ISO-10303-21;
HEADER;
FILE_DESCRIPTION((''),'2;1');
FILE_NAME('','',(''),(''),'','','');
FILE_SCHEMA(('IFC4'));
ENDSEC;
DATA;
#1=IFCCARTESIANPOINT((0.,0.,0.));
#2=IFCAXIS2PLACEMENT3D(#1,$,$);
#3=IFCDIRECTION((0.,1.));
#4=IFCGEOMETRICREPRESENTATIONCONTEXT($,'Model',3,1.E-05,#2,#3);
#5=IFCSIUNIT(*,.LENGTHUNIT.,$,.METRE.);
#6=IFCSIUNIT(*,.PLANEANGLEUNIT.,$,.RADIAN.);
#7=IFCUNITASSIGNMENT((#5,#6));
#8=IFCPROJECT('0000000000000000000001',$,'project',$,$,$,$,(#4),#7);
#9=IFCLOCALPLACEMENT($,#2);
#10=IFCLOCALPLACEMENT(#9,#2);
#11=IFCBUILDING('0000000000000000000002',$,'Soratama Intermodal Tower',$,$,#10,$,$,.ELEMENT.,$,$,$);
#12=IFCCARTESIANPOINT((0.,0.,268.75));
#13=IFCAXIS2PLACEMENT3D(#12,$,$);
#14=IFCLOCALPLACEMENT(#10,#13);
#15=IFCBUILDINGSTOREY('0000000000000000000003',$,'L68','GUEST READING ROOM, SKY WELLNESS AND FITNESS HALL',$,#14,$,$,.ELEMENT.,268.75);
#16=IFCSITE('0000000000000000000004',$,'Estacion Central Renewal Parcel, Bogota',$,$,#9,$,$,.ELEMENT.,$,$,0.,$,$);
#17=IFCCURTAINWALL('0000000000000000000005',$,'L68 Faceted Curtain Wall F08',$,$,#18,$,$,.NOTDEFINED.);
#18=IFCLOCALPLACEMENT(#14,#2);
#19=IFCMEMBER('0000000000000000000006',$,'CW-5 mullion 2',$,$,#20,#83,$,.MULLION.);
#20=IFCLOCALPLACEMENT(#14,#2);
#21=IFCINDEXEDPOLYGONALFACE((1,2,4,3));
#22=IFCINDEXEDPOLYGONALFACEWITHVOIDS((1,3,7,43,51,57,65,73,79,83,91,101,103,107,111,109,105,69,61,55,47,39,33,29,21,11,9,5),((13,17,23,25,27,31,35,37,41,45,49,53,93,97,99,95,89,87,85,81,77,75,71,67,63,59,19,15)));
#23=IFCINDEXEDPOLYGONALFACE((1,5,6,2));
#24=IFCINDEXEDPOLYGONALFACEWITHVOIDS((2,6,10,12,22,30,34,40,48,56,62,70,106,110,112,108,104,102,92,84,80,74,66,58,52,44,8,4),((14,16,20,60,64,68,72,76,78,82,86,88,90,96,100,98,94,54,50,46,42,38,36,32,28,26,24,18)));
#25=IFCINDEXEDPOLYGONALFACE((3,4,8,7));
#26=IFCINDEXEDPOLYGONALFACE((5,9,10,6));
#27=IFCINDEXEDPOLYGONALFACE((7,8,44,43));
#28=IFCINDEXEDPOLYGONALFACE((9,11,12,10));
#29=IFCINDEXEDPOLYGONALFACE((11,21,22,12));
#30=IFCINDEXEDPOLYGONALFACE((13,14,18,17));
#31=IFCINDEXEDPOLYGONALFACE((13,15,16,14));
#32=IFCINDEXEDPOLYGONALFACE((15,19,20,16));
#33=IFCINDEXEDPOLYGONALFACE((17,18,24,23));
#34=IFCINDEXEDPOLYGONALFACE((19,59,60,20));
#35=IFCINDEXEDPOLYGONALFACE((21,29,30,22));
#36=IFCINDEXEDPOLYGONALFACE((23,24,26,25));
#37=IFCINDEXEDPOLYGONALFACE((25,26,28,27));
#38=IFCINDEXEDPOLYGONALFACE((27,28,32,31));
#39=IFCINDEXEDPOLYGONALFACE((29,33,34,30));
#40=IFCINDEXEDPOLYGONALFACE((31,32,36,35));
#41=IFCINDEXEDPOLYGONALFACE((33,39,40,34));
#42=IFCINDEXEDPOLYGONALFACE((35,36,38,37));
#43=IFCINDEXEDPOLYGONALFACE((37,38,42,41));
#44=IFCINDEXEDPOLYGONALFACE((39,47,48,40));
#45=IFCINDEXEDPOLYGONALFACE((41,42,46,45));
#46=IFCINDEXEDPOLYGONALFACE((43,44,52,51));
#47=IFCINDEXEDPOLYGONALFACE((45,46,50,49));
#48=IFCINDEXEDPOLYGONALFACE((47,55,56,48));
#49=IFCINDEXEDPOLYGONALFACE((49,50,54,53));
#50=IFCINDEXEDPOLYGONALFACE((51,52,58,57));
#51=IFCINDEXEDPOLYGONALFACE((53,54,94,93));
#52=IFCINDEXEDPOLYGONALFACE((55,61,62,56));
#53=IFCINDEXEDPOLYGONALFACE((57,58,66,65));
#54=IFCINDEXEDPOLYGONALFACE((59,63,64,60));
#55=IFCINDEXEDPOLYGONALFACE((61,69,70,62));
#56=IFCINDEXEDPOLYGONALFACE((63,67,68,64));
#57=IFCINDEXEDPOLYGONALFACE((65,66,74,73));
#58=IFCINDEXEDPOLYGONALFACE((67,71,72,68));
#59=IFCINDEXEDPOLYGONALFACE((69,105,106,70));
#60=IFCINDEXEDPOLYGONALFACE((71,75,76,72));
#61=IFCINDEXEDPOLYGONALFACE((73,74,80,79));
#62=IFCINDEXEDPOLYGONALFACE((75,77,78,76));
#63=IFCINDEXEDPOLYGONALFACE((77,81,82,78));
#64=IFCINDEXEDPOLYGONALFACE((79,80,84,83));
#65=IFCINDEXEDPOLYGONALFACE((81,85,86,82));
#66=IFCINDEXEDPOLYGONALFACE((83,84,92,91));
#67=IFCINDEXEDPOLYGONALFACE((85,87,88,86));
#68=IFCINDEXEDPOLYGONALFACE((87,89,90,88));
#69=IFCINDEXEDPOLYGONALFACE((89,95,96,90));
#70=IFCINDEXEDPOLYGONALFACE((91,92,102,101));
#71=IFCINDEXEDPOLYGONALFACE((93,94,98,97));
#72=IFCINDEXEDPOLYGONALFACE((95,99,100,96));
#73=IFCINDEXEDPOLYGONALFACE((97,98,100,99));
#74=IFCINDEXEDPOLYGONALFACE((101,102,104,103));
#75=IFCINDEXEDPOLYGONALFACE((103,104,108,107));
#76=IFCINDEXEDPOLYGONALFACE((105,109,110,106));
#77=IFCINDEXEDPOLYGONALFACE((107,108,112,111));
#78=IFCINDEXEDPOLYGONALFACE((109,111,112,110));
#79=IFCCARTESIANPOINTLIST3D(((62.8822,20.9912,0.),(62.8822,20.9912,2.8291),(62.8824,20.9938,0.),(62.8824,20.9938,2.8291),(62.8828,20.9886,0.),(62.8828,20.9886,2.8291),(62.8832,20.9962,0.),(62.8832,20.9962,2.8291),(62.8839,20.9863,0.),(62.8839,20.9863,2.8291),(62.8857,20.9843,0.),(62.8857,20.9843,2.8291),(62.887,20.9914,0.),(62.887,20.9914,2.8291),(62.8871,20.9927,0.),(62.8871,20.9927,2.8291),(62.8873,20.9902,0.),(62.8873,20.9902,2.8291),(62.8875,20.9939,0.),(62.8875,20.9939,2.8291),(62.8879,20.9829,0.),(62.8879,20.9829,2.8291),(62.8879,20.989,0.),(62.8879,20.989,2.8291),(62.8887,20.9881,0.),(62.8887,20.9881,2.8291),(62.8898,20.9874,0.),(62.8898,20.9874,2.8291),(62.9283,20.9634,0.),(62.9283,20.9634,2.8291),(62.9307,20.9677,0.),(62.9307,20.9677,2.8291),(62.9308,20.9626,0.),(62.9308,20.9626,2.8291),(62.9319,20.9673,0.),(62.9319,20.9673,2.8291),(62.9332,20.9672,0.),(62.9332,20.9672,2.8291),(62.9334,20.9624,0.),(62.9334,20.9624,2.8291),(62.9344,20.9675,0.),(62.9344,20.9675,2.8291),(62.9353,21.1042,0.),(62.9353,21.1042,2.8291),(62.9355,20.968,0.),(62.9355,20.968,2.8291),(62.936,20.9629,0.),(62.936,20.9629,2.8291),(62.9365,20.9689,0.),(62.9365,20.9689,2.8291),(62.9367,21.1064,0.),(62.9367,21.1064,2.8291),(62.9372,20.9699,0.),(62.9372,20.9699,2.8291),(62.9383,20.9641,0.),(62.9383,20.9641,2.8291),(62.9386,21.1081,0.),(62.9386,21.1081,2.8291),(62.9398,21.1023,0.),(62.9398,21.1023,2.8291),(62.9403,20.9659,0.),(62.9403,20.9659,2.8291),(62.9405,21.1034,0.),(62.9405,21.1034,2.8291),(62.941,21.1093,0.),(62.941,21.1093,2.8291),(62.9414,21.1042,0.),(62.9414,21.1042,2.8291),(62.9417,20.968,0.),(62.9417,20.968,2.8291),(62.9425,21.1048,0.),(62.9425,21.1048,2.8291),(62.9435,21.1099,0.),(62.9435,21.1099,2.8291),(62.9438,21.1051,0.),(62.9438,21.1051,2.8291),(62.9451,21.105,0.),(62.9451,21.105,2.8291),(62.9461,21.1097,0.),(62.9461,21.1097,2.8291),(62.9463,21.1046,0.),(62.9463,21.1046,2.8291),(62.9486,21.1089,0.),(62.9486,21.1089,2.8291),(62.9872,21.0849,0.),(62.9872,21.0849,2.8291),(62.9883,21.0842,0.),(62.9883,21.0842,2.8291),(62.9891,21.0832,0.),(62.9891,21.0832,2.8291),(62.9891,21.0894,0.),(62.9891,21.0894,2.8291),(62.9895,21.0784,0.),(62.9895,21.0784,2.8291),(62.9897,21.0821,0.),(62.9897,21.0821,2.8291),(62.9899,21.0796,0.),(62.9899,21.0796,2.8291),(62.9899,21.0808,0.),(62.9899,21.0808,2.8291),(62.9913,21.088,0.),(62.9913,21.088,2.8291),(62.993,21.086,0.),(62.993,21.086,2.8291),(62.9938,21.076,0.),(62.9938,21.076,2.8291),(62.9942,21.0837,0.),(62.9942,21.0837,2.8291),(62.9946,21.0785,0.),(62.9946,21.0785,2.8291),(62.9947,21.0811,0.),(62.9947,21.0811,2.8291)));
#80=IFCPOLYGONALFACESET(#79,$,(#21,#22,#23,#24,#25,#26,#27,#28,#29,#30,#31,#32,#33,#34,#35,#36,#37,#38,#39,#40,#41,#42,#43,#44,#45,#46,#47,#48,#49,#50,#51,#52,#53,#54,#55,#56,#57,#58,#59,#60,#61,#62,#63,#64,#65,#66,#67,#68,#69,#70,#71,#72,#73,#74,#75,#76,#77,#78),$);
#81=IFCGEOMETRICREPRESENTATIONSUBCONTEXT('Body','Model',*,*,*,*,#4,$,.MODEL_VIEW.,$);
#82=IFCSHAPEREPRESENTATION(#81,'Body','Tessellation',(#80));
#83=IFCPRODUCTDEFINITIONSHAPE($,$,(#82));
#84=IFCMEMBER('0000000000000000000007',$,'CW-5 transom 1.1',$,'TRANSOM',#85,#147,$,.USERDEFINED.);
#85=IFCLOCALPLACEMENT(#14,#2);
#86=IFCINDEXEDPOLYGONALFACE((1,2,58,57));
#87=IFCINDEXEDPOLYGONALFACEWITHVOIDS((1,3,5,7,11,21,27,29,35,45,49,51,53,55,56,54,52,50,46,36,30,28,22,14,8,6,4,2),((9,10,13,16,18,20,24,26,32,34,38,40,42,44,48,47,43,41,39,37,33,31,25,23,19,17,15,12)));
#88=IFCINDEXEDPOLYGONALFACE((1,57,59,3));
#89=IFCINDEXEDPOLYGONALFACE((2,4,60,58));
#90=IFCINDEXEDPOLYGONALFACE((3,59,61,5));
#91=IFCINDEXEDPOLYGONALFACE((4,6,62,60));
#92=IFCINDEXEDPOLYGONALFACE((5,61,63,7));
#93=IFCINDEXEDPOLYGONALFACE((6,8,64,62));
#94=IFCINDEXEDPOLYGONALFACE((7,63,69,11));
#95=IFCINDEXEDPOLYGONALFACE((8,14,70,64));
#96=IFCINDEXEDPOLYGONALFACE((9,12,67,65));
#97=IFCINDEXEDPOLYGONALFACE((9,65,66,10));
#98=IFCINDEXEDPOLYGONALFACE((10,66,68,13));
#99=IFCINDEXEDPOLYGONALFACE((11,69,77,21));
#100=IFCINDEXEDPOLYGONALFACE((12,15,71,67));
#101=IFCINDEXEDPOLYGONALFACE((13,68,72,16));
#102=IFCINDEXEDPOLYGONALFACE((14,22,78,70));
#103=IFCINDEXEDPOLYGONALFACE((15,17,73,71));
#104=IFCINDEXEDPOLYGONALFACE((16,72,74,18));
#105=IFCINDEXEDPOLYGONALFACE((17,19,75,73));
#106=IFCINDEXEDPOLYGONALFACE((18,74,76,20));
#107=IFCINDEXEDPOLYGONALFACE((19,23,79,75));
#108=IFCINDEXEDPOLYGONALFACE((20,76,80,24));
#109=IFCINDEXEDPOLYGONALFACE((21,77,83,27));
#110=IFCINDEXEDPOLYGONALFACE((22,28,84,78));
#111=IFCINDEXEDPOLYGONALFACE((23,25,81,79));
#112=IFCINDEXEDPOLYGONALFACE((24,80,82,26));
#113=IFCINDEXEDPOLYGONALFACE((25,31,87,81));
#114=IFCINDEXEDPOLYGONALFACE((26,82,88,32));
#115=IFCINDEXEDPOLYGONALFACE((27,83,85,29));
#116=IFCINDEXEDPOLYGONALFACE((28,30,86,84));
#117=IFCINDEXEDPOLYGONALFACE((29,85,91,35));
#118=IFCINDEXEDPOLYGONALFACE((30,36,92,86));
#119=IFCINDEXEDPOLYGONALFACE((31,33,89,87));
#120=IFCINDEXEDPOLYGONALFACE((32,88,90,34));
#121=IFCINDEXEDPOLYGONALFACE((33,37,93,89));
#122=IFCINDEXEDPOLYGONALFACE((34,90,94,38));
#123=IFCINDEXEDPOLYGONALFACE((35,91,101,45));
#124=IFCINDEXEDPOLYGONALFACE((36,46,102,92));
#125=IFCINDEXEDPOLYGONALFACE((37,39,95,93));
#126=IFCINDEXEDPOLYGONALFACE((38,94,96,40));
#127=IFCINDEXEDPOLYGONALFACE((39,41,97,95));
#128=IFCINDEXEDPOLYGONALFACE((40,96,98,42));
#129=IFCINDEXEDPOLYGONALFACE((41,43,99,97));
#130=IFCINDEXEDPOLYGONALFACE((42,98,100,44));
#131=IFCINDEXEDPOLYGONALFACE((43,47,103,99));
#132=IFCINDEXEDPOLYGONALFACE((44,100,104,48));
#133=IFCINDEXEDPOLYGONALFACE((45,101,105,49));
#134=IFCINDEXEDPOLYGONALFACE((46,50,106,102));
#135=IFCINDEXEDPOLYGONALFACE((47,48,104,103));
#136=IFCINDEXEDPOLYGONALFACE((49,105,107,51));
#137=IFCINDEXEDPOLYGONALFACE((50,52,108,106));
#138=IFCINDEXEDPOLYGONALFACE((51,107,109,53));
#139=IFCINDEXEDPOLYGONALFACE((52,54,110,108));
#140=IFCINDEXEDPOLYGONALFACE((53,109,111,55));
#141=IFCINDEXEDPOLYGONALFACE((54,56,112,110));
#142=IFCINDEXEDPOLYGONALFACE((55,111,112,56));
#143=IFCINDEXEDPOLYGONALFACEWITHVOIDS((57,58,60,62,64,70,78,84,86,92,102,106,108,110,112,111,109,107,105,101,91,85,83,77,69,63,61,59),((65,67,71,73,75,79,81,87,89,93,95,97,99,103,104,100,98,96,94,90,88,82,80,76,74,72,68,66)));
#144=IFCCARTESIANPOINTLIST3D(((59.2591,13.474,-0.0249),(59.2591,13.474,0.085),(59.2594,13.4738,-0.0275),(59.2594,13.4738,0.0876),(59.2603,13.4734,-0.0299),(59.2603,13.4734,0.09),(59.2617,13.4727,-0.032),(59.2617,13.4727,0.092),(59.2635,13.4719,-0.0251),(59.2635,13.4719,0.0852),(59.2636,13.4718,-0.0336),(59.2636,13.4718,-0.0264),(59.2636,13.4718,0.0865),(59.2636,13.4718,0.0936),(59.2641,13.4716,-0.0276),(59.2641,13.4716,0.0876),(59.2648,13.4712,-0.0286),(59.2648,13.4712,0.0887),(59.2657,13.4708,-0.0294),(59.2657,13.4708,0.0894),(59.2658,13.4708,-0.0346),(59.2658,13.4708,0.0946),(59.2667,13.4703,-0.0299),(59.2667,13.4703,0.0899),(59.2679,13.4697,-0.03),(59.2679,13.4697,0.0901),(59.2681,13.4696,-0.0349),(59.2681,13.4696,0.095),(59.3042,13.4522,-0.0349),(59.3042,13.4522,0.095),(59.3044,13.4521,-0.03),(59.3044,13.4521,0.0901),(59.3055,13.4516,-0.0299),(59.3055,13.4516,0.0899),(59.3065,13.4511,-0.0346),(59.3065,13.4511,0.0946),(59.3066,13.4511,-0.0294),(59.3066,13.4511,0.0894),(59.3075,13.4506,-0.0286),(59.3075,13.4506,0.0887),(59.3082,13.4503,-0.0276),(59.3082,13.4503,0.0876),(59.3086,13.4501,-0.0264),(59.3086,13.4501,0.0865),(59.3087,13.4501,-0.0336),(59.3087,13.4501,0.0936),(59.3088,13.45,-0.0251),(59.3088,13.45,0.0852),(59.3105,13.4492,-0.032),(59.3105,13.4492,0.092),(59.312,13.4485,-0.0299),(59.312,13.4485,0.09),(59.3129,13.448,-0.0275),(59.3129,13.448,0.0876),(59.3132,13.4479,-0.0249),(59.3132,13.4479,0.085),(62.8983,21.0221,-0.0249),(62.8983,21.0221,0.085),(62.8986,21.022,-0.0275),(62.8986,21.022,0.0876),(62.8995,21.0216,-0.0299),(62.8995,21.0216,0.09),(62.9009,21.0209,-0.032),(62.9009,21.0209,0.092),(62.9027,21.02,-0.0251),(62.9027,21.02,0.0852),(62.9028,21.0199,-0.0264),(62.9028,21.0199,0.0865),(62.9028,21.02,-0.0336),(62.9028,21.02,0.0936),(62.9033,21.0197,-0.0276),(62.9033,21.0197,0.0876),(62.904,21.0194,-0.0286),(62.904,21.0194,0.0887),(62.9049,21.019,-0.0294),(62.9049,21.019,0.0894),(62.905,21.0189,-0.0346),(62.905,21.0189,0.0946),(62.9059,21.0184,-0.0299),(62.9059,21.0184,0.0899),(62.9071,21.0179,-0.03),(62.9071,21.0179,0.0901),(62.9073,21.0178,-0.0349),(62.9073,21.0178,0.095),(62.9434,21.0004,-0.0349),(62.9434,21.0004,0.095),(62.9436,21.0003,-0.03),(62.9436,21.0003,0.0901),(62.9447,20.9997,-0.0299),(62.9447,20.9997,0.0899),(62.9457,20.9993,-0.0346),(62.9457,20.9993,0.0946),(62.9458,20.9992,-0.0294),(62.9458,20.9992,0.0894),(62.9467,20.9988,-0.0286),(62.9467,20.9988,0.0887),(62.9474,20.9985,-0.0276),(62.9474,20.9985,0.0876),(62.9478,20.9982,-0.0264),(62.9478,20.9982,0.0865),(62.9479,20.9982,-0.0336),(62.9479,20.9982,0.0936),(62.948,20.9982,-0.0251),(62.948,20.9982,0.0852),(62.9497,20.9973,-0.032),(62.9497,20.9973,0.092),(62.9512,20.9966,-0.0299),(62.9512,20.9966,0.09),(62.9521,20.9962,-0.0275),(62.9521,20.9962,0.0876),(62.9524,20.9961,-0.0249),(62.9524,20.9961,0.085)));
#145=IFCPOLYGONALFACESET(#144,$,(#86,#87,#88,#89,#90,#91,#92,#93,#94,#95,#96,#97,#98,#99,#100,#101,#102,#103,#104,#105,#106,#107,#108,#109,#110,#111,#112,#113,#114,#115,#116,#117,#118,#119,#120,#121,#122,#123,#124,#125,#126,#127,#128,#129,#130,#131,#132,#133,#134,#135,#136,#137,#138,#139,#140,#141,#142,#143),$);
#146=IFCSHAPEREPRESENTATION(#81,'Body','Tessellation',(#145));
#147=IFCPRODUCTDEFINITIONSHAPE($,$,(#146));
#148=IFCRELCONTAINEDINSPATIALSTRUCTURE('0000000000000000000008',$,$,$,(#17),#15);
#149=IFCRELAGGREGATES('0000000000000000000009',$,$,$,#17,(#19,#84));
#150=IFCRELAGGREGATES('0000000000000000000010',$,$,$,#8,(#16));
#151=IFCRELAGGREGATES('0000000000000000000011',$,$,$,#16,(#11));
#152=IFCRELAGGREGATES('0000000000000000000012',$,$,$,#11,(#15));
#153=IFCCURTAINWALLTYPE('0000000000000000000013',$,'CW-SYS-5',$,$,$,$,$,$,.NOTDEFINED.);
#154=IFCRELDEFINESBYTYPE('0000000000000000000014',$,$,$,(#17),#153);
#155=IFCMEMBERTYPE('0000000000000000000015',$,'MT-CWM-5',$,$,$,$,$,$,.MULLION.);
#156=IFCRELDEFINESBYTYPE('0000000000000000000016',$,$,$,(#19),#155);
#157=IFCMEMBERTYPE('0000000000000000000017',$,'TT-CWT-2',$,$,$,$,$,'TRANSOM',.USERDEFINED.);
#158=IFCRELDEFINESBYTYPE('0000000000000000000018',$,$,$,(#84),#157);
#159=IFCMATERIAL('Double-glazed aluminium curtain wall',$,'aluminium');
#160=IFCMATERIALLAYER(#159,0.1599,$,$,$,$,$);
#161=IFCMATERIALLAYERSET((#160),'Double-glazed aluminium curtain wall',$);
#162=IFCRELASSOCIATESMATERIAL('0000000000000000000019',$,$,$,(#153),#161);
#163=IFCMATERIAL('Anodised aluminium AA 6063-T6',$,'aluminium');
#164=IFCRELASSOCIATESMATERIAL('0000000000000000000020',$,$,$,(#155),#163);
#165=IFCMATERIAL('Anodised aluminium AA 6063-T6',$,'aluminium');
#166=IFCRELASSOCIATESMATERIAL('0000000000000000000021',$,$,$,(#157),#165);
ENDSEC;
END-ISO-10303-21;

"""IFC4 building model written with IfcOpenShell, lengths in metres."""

from ifc_helpers import new_model, si_unit, direction, frame, origin, origin_2d, place, context, subcontext, project, spatial, hollow_rectangle, extrude, material, layer, layer_set, material_profile, profile_set, type_object, element, aggregate, save


model = new_model("IFC4")

# Units and contexts
model_context = context("Model", 3, precision=1e-05, world=origin(), true_north=direction((0.0, 1.0)))
body_context = subcontext(model_context, "Body", "Model", "MODEL_VIEW")
ifc_project = project(units=[si_unit("LENGTHUNIT", "METRE"), si_unit("PLANEANGLEUNIT", "RADIAN")], contexts=[model_context])

# Site, building, storey
site_placement = place(None, origin())
site = spatial("IfcSite", under=ifc_project, at=site_placement, Name="Estacion Central Renewal Parcel, Bogota", CompositionType="ELEMENT", RefElevation=0.0)
building_placement = place(site_placement, origin())
building = spatial("IfcBuilding", under=site, at=building_placement, Name="Soratama Intermodal Tower", CompositionType="ELEMENT")
storey_placement = place(building_placement, frame((0.0, 0.0, 268.75)))
storey = spatial("IfcBuildingStorey", under=building, at=storey_placement, Name="L68", Description="GUEST READING ROOM, SKY WELLNESS AND FITNESS HALL", CompositionType="ELEMENT", Elevation=268.75)

# Curtain wall, members
ifc_material_1 = material(Name="Double-glazed aluminium curtain wall", Category="aluminium")
ifc_layer_1 = layer(ifc_material_1, 0.1599)
ifc_layer_set_1 = layer_set([ifc_layer_1], Name="Double-glazed aluminium curtain wall")
curtain_wall_type = type_object("IfcCurtainWallType", Name="CW-SYS-5", PredefinedType="NOTDEFINED", material=ifc_layer_set_1)
curtain_wall_placement = place(storey_placement, origin())
curtain_wall = element("IfcCurtainWall", 1, at=curtain_wall_placement, inside=storey, type_object=curtain_wall_type, Name="L68 Faceted Curtain Wall F08", PredefinedType="NOTDEFINED")
ifc_material_2 = material(Name="Anodised aluminium AA 6063-T6", Category="aluminium")
ifc_material_profile_1 = material_profile(ifc_material_2, hollow_rectangle(XDim=0.0649, YDim=0.1399, WallThickness=0.0049, InnerFilletRadius=0.0049, OuterFilletRadius=0.01, at=origin_2d()), Name="CWM140X65X5")
ifc_profile_set_1 = profile_set([ifc_material_profile_1], Name="Anodised aluminium AA 6063-T6")
member_type_1 = type_object("IfcMemberType", Name="MT-CWM-5", PredefinedType="MULLION", material=ifc_profile_set_1)
member_1_placement = place(storey_placement, frame((62.9385, 21.0361, 0.0), z_axis=(0.0, 0.0, 1.0), x_axis=(-0.900772, 0.434292, 0.0)))
member_1 = element("IfcMember", 2, at=member_1_placement, type_object=member_type_1, Name="CW-5 mullion 2", PredefinedType="MULLION", context=body_context, shape_type="SweptSolid", body=[
    extrude(hollow_rectangle(XDim=0.0649, YDim=0.1399, WallThickness=0.0049, InnerFilletRadius=0.0049, OuterFilletRadius=0.01, at=origin_2d()), origin(), (0.0, 0.0, 1.0), 2.8291),
])
ifc_material_3 = material(Name="Anodised aluminium AA 6063-T6", Category="aluminium")
ifc_material_profile_2 = material_profile(ifc_material_3, hollow_rectangle(XDim=0.0601, YDim=0.1299, WallThickness=0.0049, InnerFilletRadius=0.0049, OuterFilletRadius=0.01, at=origin_2d()), Name="CWT130X60X5")
ifc_profile_set_2 = profile_set([ifc_material_profile_2], Name="Anodised aluminium AA 6063-T6")
member_type_2 = type_object("IfcMemberType", Name="TT-CWT-2", ElementType="TRANSOM", PredefinedType="USERDEFINED", material=ifc_profile_set_2)
member_2_placement = place(storey_placement, frame((59.2861, 13.4609, 0.03), z_axis=(0.434289, 0.900773, 0.0), x_axis=(-0.900773, 0.434289, 0.0)))
member_2 = element("IfcMember", 3, at=member_2_placement, type_object=member_type_2, Name="CW-5 transom 1.1", ObjectType="TRANSOM", PredefinedType="USERDEFINED", context=body_context, shape_type="SweptSolid", body=[
    extrude(hollow_rectangle(XDim=0.0601, YDim=0.1299, WallThickness=0.0049, InnerFilletRadius=0.0049, OuterFilletRadius=0.01, at=origin_2d()), origin(), (0.0, 0.0, 1.0), 8.3796),
])
aggregate(curtain_wall, [member_1, member_2])

save(model, "model.ifc")
